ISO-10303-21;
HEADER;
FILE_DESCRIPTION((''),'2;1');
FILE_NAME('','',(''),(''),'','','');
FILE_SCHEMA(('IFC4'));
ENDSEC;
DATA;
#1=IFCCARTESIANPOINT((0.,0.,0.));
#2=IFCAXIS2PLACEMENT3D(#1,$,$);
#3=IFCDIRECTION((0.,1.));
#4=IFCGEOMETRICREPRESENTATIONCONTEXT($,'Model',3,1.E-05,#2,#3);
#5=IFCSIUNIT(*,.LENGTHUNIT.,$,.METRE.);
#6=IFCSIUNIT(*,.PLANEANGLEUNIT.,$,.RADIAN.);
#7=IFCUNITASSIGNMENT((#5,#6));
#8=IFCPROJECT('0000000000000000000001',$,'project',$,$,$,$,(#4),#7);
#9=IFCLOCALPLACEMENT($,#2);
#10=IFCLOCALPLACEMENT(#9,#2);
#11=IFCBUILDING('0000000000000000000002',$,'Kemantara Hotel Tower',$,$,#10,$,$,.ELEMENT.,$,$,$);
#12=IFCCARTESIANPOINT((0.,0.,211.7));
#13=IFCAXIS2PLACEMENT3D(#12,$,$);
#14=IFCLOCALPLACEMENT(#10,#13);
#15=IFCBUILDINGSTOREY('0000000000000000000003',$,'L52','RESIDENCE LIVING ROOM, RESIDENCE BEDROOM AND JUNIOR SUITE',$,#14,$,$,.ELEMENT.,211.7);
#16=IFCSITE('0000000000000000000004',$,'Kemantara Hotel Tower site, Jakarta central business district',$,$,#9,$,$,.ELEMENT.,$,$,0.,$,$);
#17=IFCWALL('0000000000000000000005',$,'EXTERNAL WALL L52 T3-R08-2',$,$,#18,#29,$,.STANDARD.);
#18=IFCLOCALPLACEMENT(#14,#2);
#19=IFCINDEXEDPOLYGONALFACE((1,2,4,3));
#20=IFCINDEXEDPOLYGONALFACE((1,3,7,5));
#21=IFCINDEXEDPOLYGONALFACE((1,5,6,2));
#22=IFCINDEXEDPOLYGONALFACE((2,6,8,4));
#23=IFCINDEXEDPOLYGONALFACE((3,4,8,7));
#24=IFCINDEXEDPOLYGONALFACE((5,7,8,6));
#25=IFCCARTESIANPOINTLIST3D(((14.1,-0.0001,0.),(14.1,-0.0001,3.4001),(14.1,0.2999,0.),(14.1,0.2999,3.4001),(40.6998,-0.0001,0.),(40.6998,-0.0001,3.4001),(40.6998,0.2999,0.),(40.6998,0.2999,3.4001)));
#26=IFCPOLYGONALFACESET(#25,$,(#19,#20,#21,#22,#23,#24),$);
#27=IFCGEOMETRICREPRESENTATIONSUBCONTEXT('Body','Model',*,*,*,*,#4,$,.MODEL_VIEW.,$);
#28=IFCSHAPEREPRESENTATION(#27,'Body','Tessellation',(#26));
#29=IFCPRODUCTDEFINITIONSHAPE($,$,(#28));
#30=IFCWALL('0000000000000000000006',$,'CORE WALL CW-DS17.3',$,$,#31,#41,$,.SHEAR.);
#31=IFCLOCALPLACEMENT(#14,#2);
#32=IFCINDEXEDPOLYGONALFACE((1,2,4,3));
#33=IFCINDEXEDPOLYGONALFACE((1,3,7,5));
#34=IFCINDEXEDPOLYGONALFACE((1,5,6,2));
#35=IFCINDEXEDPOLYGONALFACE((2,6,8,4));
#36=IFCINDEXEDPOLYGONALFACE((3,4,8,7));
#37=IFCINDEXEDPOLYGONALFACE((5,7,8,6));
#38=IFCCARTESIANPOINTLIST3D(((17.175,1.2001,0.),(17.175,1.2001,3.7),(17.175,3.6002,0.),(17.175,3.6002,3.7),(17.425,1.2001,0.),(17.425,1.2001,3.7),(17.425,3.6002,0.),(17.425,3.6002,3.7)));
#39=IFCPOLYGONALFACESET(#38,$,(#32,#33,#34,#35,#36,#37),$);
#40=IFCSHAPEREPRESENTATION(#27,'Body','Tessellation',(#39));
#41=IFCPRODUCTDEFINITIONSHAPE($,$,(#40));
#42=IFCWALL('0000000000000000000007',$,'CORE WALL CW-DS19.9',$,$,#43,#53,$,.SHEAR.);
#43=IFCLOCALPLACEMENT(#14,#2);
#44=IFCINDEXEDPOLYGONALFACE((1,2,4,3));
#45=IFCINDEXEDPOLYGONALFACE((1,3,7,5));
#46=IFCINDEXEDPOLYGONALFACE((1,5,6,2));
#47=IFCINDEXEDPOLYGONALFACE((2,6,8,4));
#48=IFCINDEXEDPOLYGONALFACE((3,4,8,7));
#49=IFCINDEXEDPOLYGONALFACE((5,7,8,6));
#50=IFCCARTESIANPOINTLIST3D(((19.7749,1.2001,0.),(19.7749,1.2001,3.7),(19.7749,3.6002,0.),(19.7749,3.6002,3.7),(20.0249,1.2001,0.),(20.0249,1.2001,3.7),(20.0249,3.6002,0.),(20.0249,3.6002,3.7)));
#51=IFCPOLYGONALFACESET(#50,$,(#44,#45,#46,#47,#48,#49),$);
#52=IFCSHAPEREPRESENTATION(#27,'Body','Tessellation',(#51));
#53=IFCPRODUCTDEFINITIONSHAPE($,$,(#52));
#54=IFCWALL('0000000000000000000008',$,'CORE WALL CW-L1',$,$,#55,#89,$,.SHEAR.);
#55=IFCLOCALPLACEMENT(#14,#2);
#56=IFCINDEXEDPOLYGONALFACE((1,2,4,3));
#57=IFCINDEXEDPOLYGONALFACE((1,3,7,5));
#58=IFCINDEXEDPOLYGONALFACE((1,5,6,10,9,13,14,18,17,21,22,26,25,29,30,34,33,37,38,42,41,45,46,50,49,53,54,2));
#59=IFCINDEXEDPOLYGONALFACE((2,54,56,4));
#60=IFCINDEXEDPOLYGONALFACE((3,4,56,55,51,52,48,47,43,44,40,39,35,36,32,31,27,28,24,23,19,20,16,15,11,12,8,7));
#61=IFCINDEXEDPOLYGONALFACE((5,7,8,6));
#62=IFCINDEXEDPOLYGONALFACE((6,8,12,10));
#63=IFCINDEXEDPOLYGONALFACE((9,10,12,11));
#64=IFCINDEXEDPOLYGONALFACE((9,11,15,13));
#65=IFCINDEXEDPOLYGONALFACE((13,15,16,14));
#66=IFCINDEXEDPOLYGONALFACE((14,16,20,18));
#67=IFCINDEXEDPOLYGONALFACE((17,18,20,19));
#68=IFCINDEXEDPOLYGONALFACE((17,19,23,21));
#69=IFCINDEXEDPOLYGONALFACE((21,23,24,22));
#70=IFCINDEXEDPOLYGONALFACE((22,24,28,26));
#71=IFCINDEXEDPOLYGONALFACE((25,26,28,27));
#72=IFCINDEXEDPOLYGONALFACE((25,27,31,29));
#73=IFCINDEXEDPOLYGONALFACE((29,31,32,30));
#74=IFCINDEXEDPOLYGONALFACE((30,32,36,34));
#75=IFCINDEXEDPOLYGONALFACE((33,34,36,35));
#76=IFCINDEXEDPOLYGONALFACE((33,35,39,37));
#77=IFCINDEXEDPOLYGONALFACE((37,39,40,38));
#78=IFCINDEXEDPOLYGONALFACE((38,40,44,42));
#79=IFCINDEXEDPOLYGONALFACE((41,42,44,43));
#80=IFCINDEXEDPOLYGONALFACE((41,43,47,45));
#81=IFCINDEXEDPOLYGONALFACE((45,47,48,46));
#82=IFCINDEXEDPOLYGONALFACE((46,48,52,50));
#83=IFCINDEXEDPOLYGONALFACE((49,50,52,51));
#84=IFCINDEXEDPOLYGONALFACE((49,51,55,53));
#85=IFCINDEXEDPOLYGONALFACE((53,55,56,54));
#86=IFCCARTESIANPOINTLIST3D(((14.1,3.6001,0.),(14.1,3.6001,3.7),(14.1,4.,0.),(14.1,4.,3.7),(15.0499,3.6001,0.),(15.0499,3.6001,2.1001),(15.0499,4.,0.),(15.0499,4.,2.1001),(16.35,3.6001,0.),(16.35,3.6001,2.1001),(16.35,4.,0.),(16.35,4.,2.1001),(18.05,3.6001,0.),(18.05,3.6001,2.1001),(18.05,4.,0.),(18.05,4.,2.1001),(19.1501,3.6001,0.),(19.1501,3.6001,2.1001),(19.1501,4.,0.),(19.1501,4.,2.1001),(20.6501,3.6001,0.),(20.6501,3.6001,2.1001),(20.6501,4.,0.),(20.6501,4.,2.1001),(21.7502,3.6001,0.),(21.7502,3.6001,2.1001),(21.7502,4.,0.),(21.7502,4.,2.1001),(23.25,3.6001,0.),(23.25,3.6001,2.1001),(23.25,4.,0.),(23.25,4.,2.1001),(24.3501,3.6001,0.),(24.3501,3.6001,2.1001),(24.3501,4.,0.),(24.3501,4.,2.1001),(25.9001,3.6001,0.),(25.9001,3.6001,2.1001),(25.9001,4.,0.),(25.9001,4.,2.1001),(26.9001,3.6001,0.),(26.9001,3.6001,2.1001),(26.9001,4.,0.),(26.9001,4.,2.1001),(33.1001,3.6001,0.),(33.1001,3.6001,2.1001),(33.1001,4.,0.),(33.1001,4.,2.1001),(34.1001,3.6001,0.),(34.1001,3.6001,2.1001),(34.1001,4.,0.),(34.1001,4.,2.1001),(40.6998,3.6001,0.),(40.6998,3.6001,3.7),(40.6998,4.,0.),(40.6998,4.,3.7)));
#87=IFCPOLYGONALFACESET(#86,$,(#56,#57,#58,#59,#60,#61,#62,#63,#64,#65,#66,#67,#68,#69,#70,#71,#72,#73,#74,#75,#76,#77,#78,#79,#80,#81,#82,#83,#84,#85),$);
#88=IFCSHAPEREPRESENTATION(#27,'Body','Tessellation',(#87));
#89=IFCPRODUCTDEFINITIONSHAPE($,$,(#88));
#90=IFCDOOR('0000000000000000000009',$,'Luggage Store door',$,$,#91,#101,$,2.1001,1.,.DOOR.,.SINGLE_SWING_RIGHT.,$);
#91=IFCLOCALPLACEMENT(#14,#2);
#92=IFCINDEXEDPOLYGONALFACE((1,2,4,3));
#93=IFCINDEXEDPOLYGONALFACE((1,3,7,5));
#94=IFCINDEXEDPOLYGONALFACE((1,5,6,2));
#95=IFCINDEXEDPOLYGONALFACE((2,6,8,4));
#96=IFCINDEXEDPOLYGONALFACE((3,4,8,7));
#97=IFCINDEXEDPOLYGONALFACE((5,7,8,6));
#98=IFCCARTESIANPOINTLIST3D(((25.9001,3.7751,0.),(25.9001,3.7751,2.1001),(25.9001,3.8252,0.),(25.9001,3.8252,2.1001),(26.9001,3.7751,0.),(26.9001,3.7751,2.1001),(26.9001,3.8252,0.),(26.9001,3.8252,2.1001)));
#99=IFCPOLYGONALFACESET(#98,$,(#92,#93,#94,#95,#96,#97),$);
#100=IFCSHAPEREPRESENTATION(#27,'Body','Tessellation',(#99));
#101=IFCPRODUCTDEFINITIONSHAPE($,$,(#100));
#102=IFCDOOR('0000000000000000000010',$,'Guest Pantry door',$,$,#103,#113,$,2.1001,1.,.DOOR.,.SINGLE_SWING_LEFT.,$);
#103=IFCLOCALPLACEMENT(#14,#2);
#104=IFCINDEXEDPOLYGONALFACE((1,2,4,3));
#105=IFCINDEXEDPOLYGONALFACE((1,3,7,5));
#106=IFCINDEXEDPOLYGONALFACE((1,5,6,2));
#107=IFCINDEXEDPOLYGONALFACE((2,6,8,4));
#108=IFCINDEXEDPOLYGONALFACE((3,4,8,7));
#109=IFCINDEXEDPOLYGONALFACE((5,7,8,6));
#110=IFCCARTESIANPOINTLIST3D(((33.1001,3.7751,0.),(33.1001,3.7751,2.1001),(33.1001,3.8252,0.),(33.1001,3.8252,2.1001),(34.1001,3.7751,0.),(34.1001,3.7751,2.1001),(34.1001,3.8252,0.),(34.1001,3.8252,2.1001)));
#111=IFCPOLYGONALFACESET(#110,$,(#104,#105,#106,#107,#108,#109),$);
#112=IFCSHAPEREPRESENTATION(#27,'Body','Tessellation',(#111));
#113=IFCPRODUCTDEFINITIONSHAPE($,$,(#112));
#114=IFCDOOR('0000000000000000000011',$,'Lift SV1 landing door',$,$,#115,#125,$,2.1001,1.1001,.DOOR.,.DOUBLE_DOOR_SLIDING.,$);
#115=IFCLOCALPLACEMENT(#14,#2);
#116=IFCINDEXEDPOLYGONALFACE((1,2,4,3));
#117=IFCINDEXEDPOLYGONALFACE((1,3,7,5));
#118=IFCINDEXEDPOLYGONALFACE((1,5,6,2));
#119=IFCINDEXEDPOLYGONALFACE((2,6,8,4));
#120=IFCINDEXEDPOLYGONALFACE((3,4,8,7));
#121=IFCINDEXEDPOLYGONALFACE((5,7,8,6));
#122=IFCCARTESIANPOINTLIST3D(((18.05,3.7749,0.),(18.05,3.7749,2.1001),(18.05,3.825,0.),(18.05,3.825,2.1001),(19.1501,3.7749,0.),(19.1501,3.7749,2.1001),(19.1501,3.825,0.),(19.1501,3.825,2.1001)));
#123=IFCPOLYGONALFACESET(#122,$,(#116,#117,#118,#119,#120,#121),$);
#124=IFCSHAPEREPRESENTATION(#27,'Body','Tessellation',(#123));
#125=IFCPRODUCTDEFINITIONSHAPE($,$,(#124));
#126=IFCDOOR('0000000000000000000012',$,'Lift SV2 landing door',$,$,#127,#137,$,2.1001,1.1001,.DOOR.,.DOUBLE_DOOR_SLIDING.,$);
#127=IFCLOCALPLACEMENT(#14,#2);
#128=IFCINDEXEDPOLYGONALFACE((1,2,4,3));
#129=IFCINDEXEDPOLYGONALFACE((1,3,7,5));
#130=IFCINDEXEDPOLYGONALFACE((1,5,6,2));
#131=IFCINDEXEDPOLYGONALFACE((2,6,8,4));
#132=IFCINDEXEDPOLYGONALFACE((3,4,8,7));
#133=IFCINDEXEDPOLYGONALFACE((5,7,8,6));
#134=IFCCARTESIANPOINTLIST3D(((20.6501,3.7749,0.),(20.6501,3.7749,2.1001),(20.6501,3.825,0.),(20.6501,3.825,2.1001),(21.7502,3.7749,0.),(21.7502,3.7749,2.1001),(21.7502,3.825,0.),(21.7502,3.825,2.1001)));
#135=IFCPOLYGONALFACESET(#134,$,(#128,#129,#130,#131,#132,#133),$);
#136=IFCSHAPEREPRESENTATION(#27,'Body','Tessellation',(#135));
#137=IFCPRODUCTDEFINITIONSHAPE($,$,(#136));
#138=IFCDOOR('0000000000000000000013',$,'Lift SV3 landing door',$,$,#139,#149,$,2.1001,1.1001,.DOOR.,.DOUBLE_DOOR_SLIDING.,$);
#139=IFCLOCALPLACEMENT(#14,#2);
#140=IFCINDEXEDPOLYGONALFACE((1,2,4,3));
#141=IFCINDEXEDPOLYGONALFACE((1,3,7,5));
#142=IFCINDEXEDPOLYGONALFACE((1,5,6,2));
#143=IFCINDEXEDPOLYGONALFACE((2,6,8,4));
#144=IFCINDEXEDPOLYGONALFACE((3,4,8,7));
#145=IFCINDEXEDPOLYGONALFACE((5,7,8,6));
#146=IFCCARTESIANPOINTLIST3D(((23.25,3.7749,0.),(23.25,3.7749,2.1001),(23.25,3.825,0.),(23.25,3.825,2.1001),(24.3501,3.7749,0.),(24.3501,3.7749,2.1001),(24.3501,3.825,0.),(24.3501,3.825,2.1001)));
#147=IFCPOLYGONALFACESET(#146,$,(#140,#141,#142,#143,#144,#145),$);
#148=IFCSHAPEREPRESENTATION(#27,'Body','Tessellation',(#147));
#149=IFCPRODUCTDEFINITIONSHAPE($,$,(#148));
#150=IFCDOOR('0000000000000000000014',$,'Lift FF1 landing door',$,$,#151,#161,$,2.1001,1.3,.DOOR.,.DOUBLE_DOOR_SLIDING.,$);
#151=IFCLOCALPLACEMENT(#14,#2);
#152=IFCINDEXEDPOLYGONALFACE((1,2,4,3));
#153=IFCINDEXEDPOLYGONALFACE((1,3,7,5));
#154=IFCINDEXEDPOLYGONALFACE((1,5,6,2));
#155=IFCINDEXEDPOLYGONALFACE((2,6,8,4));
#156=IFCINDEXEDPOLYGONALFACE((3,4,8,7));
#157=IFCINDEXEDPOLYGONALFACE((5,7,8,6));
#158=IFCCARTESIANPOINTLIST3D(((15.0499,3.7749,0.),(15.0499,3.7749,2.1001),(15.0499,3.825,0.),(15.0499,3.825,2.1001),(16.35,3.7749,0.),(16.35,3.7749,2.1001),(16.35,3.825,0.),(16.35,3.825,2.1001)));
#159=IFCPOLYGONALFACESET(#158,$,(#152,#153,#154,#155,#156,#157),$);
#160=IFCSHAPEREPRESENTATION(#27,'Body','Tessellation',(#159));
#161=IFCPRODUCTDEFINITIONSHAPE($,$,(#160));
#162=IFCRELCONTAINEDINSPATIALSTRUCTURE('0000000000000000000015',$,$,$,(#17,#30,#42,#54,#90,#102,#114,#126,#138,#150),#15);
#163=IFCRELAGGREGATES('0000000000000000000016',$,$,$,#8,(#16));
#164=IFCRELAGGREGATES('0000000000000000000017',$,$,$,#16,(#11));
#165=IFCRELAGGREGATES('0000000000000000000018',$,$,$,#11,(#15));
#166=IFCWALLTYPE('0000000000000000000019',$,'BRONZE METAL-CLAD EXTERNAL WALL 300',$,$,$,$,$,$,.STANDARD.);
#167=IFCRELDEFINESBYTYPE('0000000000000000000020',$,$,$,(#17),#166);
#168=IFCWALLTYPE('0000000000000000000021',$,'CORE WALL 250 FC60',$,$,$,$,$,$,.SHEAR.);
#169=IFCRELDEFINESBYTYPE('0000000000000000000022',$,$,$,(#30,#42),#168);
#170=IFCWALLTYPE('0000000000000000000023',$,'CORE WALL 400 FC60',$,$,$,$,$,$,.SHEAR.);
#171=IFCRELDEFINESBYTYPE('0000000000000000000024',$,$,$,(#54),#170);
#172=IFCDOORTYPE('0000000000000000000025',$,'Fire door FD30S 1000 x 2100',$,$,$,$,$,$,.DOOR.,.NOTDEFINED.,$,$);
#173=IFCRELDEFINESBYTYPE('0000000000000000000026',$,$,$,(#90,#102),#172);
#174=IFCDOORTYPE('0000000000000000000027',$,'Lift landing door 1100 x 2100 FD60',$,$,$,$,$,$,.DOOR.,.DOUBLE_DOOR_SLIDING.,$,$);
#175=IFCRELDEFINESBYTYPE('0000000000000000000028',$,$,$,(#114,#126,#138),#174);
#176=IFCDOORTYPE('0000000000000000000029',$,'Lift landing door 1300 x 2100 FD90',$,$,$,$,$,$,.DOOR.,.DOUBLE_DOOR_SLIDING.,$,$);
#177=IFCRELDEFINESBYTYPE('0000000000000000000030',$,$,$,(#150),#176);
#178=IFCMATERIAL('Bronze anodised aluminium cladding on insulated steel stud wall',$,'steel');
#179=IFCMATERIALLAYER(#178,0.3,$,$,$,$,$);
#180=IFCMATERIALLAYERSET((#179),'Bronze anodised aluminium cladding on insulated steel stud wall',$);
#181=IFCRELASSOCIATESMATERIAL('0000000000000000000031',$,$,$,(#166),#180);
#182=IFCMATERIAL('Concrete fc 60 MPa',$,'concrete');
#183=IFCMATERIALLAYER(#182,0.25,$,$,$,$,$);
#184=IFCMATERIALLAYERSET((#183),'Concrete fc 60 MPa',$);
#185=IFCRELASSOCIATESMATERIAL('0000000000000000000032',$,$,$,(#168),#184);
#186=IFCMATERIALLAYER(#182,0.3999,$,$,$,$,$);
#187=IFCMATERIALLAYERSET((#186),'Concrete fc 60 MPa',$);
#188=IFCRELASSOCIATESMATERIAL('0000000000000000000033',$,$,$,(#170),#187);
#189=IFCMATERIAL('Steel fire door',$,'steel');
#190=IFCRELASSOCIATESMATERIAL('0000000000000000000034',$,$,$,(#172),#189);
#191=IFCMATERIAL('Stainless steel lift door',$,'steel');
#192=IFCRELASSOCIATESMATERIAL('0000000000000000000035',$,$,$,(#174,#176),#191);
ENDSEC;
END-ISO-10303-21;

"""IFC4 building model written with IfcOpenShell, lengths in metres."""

from ifc_helpers import new_model, si_unit, direction, frame, frame_2d, origin, place, context, subcontext, project, spatial, rectangle, extrude, material, layer, layer_set, type_object, element, fill, save


model = new_model("IFC4")

# Units and contexts
model_context = context("Model", 3, precision=1e-05, world=origin(), true_north=direction((0.0, 1.0)))
body_context = subcontext(model_context, "Body", "Model", "MODEL_VIEW")
ifc_project = project(units=[si_unit("LENGTHUNIT", "METRE"), si_unit("PLANEANGLEUNIT", "RADIAN")], contexts=[model_context])

# Site, building, storey
site_placement = place(None, origin())
site = spatial("IfcSite", under=ifc_project, at=site_placement, Name="Kemantara Hotel Tower site, Jakarta central business district", CompositionType="ELEMENT", RefElevation=0.0)
building_placement = place(site_placement, origin())
building = spatial("IfcBuilding", under=site, at=building_placement, Name="Kemantara Hotel Tower", CompositionType="ELEMENT")
storey_placement = place(building_placement, frame((0.0, 0.0, 211.7)))
storey = spatial("IfcBuildingStorey", under=building, at=storey_placement, Name="L52", Description="RESIDENCE LIVING ROOM, RESIDENCE BEDROOM AND JUNIOR SUITE", CompositionType="ELEMENT", Elevation=211.7)

# Walls
ifc_material_1 = material(Name="Bronze anodised aluminium cladding on insulated steel stud wall", Category="steel")
ifc_layer_1 = layer(ifc_material_1, 0.3)
ifc_layer_set_1 = layer_set([ifc_layer_1], Name="Bronze anodised aluminium cladding on insulated steel stud wall")
wall_type_1 = type_object("IfcWallType", Name="BRONZE METAL-CLAD EXTERNAL WALL 300", PredefinedType="STANDARD", material=ifc_layer_set_1)
wall_1_placement = place(storey_placement, frame((14.1001, 0.1499, 0.0), z_axis=(0.0, 0.0, 1.0), x_axis=(1.0, 0.0, 0.0)))
element("IfcWall", 1, at=wall_1_placement, inside=storey, type_object=wall_type_1, Name="EXTERNAL WALL L52 T3-R08-2", PredefinedType="STANDARD", context=body_context, shape_type="SweptSolid", body=[
    extrude(rectangle(XDim=26.5999, YDim=0.3, at=frame_2d((13.2998, 0.0))), origin(), (0.0, 0.0, 1.0), 3.4001),
])
ifc_material_2 = material(Name="Concrete fc 60 MPa", Category="concrete")
ifc_layer_2 = layer(ifc_material_2, 0.25)
ifc_layer_set_2 = layer_set([ifc_layer_2], Name="Concrete fc 60 MPa")
wall_type_2 = type_object("IfcWallType", Name="CORE WALL 250 FC60", PredefinedType="SHEAR", material=ifc_layer_set_2)
for number, where, z_axis, x_axis, name in (
    (2, (17.3, 1.2, 0.0), (0.0, 0.0, 1.0), (0.0, 1.0, 0.0), "CORE WALL CW-DS17.3"),
    (3, (19.8999, 1.2, 0.0), (0.0, 0.0, 1.0), (0.0, 1.0, 0.0), "CORE WALL CW-DS19.9"),
):
    element("IfcWall", number, at=place(storey_placement, frame(where, z_axis=z_axis, x_axis=x_axis)), inside=storey, type_object=wall_type_2, Name=name, PredefinedType="SHEAR", context=body_context, shape_type="SweptSolid", body=[
        extrude(rectangle(XDim=2.4001, YDim=0.25, at=frame_2d((1.2002, 0.0))), origin(), (0.0, 0.0, 1.0), 3.7),
    ])

# Wall, openings, doors
ifc_layer_3 = layer(ifc_material_2, 0.3999)
ifc_layer_set_3 = layer_set([ifc_layer_3], Name="Concrete fc 60 MPa")
wall_type_3 = type_object("IfcWallType", Name="CORE WALL 400 FC60", PredefinedType="SHEAR", material=ifc_layer_set_3)
wall_2_placement = place(storey_placement, frame((14.1001, 3.8, 0.0), z_axis=(0.0, 0.0, 1.0), x_axis=(1.0, 0.0, 0.0)))
wall_2 = element("IfcWall", 4, at=wall_2_placement, inside=storey, type_object=wall_type_3, Name="CORE WALL CW-L1", PredefinedType="SHEAR", context=body_context, shape_type="SweptSolid", body=[
    extrude(rectangle(XDim=26.5999, YDim=0.3999, at=frame_2d((13.2998, 0.0))), origin(), (0.0, 0.0, 1.0), 3.7),
])
opening_1_placement = place(wall_2_placement, frame((0.95, 0.0, 0.0)))
opening_1 = element("IfcOpeningElement", 5, at=opening_1_placement, cuts=wall_2, PredefinedType="OPENING", context=body_context, shape_type="SweptSolid", body=[
    extrude(rectangle(XDim=1.3, YDim=2.1001, at=frame_2d((0.6499, 1.05))), frame((0.0, 0.21, 0.0), z_axis=(0.0, -1.0, 0.0), x_axis=(1.0, 0.0, 0.0)), (0.0, 0.0, 1.0), 0.4199),
])
opening_2_placement = place(wall_2_placement, frame((3.95, 0.0, 0.0)))
opening_2 = element("IfcOpeningElement", 6, at=opening_2_placement, cuts=wall_2, PredefinedType="OPENING", context=body_context, shape_type="SweptSolid", body=[
    extrude(rectangle(XDim=1.1001, YDim=2.1001, at=frame_2d((0.55, 1.05))), frame((0.0, 0.21, 0.0), z_axis=(0.0, -1.0, 0.0), x_axis=(1.0, 0.0, 0.0)), (0.0, 0.0, 1.0), 0.4199),
])
opening_3_placement = place(wall_2_placement, frame((6.55, 0.0, 0.0)))
opening_3 = element("IfcOpeningElement", 7, at=opening_3_placement, cuts=wall_2, PredefinedType="OPENING", context=body_context, shape_type="SweptSolid", body=[
    extrude(rectangle(XDim=1.1001, YDim=2.1001, at=frame_2d((0.55, 1.05))), frame((0.0, 0.21, 0.0), z_axis=(0.0, -1.0, 0.0), x_axis=(1.0, 0.0, 0.0)), (0.0, 0.0, 1.0), 0.4199),
])
opening_4_placement = place(wall_2_placement, frame((9.1499, 0.0, 0.0)))
opening_4 = element("IfcOpeningElement", 8, at=opening_4_placement, cuts=wall_2, PredefinedType="OPENING", context=body_context, shape_type="SweptSolid", body=[
    extrude(rectangle(XDim=1.1001, YDim=2.1001, at=frame_2d((0.55, 1.05))), frame((0.0, 0.21, 0.0), z_axis=(0.0, -1.0, 0.0), x_axis=(1.0, 0.0, 0.0)), (0.0, 0.0, 1.0), 0.4199),
])
opening_5_placement = place(wall_2_placement, frame((11.8, 0.0, 0.0)))
opening_5 = element("IfcOpeningElement", 9, at=opening_5_placement, cuts=wall_2, PredefinedType="OPENING", context=body_context, shape_type="SweptSolid", body=[
    extrude(rectangle(XDim=1.0, YDim=2.1001, at=frame_2d((0.5, 1.05))), frame((0.0, 0.21, 0.0), z_axis=(0.0, -1.0, 0.0), x_axis=(1.0, 0.0, 0.0)), (0.0, 0.0, 1.0), 0.4199),
])
opening_6_placement = place(wall_2_placement, frame((19.0, 0.0, 0.0)))
opening_6 = element("IfcOpeningElement", 10, at=opening_6_placement, cuts=wall_2, PredefinedType="OPENING", context=body_context, shape_type="SweptSolid", body=[
    extrude(rectangle(XDim=1.0, YDim=2.1001, at=frame_2d((0.5, 1.05))), frame((0.0, 0.21, 0.0), z_axis=(0.0, -1.0, 0.0), x_axis=(1.0, 0.0, 0.0)), (0.0, 0.0, 1.0), 0.4199),
])
ifc_material_3 = material(Name="Steel fire door", Category="steel")
door_type_1 = type_object("IfcDoorType", Name="Fire door FD30S 1000 x 2100", OperationType="NOTDEFINED", PredefinedType="DOOR", material=ifc_material_3)
door_1_placement = place(opening_5_placement, frame((1.0, 0.0, 0.0), z_axis=(0.0, 0.0, 1.0), x_axis=(-1.0, 0.0, 0.0)))
door_1 = element("IfcDoor", 11, at=door_1_placement, inside=storey, type_object=door_type_1, Name="Luggage Store door", OperationType="SINGLE_SWING_RIGHT", OverallHeight=2.1001, OverallWidth=1.0, PredefinedType="DOOR", context=body_context, shape_type="SweptSolid", body=[
    extrude(rectangle(XDim=1.0, YDim=2.1001, at=frame_2d((0.5, 1.05))), frame((0.0, 0.0249, 0.0), z_axis=(0.0, -1.0, 0.0), x_axis=(1.0, 0.0, 0.0)), (0.0, 0.0, 1.0), 0.05),
])
fill(opening_5, door_1)
door_2_placement = place(opening_6_placement, frame((1.0, 0.0, 0.0), z_axis=(0.0, 0.0, 1.0), x_axis=(-1.0, 0.0, 0.0)))
door_2 = element("IfcDoor", 12, at=door_2_placement, inside=storey, type_object=door_type_1, Name="Guest Pantry door", OperationType="SINGLE_SWING_LEFT", OverallHeight=2.1001, OverallWidth=1.0, PredefinedType="DOOR", context=body_context, shape_type="SweptSolid", body=[
    extrude(rectangle(XDim=1.0, YDim=2.1001, at=frame_2d((0.5, 1.05))), frame((0.0, 0.0249, 0.0), z_axis=(0.0, -1.0, 0.0), x_axis=(1.0, 0.0, 0.0)), (0.0, 0.0, 1.0), 0.05),
])
fill(opening_6, door_2)
ifc_material_4 = material(Name="Stainless steel lift door", Category="steel")
door_type_2 = type_object("IfcDoorType", Name="Lift landing door 1100 x 2100 FD60", OperationType="DOUBLE_DOOR_SLIDING", PredefinedType="DOOR", material=ifc_material_4)
door_3_placement = place(opening_2_placement, origin())
door_3 = element("IfcDoor", 13, at=door_3_placement, inside=storey, type_object=door_type_2, Name="Lift SV1 landing door", OperationType="DOUBLE_DOOR_SLIDING", OverallHeight=2.1001, OverallWidth=1.1001, PredefinedType="DOOR", context=body_context, shape_type="SweptSolid", body=[
    extrude(rectangle(XDim=1.1001, YDim=2.1001, at=frame_2d((0.55, 1.05))), frame((0.0, 0.0249, 0.0), z_axis=(0.0, -1.0, 0.0), x_axis=(1.0, 0.0, 0.0)), (0.0, 0.0, 1.0), 0.05),
])
fill(opening_2, door_3)
door_4_placement = place(opening_3_placement, origin())
door_4 = element("IfcDoor", 14, at=door_4_placement, inside=storey, type_object=door_type_2, Name="Lift SV2 landing door", OperationType="DOUBLE_DOOR_SLIDING", OverallHeight=2.1001, OverallWidth=1.1001, PredefinedType="DOOR", context=body_context, shape_type="SweptSolid", body=[
    extrude(rectangle(XDim=1.1001, YDim=2.1001, at=frame_2d((0.55, 1.05))), frame((0.0, 0.0249, 0.0), z_axis=(0.0, -1.0, 0.0), x_axis=(1.0, 0.0, 0.0)), (0.0, 0.0, 1.0), 0.05),
])
fill(opening_3, door_4)
door_5_placement = place(opening_4_placement, origin())
door_5 = element("IfcDoor", 15, at=door_5_placement, inside=storey, type_object=door_type_2, Name="Lift SV3 landing door", OperationType="DOUBLE_DOOR_SLIDING", OverallHeight=2.1001, OverallWidth=1.1001, PredefinedType="DOOR", context=body_context, shape_type="SweptSolid", body=[
    extrude(rectangle(XDim=1.1001, YDim=2.1001, at=frame_2d((0.55, 1.05))), frame((0.0, 0.0249, 0.0), z_axis=(0.0, -1.0, 0.0), x_axis=(1.0, 0.0, 0.0)), (0.0, 0.0, 1.0), 0.05),
])
fill(opening_4, door_5)
door_type_3 = type_object("IfcDoorType", Name="Lift landing door 1300 x 2100 FD90", OperationType="DOUBLE_DOOR_SLIDING", PredefinedType="DOOR", material=ifc_material_4)
door_6_placement = place(opening_1_placement, origin())
door_6 = element("IfcDoor", 16, at=door_6_placement, inside=storey, type_object=door_type_3, Name="Lift FF1 landing door", OperationType="DOUBLE_DOOR_SLIDING", OverallHeight=2.1001, OverallWidth=1.3, PredefinedType="DOOR", context=body_context, shape_type="SweptSolid", body=[
    extrude(rectangle(XDim=1.3, YDim=2.1001, at=frame_2d((0.6499, 1.05))), frame((0.0, 0.0249, 0.0), z_axis=(0.0, -1.0, 0.0), x_axis=(1.0, 0.0, 0.0)), (0.0, 0.0, 1.0), 0.05),
])
fill(opening_1, door_6)

save(model, "model.ifc")
